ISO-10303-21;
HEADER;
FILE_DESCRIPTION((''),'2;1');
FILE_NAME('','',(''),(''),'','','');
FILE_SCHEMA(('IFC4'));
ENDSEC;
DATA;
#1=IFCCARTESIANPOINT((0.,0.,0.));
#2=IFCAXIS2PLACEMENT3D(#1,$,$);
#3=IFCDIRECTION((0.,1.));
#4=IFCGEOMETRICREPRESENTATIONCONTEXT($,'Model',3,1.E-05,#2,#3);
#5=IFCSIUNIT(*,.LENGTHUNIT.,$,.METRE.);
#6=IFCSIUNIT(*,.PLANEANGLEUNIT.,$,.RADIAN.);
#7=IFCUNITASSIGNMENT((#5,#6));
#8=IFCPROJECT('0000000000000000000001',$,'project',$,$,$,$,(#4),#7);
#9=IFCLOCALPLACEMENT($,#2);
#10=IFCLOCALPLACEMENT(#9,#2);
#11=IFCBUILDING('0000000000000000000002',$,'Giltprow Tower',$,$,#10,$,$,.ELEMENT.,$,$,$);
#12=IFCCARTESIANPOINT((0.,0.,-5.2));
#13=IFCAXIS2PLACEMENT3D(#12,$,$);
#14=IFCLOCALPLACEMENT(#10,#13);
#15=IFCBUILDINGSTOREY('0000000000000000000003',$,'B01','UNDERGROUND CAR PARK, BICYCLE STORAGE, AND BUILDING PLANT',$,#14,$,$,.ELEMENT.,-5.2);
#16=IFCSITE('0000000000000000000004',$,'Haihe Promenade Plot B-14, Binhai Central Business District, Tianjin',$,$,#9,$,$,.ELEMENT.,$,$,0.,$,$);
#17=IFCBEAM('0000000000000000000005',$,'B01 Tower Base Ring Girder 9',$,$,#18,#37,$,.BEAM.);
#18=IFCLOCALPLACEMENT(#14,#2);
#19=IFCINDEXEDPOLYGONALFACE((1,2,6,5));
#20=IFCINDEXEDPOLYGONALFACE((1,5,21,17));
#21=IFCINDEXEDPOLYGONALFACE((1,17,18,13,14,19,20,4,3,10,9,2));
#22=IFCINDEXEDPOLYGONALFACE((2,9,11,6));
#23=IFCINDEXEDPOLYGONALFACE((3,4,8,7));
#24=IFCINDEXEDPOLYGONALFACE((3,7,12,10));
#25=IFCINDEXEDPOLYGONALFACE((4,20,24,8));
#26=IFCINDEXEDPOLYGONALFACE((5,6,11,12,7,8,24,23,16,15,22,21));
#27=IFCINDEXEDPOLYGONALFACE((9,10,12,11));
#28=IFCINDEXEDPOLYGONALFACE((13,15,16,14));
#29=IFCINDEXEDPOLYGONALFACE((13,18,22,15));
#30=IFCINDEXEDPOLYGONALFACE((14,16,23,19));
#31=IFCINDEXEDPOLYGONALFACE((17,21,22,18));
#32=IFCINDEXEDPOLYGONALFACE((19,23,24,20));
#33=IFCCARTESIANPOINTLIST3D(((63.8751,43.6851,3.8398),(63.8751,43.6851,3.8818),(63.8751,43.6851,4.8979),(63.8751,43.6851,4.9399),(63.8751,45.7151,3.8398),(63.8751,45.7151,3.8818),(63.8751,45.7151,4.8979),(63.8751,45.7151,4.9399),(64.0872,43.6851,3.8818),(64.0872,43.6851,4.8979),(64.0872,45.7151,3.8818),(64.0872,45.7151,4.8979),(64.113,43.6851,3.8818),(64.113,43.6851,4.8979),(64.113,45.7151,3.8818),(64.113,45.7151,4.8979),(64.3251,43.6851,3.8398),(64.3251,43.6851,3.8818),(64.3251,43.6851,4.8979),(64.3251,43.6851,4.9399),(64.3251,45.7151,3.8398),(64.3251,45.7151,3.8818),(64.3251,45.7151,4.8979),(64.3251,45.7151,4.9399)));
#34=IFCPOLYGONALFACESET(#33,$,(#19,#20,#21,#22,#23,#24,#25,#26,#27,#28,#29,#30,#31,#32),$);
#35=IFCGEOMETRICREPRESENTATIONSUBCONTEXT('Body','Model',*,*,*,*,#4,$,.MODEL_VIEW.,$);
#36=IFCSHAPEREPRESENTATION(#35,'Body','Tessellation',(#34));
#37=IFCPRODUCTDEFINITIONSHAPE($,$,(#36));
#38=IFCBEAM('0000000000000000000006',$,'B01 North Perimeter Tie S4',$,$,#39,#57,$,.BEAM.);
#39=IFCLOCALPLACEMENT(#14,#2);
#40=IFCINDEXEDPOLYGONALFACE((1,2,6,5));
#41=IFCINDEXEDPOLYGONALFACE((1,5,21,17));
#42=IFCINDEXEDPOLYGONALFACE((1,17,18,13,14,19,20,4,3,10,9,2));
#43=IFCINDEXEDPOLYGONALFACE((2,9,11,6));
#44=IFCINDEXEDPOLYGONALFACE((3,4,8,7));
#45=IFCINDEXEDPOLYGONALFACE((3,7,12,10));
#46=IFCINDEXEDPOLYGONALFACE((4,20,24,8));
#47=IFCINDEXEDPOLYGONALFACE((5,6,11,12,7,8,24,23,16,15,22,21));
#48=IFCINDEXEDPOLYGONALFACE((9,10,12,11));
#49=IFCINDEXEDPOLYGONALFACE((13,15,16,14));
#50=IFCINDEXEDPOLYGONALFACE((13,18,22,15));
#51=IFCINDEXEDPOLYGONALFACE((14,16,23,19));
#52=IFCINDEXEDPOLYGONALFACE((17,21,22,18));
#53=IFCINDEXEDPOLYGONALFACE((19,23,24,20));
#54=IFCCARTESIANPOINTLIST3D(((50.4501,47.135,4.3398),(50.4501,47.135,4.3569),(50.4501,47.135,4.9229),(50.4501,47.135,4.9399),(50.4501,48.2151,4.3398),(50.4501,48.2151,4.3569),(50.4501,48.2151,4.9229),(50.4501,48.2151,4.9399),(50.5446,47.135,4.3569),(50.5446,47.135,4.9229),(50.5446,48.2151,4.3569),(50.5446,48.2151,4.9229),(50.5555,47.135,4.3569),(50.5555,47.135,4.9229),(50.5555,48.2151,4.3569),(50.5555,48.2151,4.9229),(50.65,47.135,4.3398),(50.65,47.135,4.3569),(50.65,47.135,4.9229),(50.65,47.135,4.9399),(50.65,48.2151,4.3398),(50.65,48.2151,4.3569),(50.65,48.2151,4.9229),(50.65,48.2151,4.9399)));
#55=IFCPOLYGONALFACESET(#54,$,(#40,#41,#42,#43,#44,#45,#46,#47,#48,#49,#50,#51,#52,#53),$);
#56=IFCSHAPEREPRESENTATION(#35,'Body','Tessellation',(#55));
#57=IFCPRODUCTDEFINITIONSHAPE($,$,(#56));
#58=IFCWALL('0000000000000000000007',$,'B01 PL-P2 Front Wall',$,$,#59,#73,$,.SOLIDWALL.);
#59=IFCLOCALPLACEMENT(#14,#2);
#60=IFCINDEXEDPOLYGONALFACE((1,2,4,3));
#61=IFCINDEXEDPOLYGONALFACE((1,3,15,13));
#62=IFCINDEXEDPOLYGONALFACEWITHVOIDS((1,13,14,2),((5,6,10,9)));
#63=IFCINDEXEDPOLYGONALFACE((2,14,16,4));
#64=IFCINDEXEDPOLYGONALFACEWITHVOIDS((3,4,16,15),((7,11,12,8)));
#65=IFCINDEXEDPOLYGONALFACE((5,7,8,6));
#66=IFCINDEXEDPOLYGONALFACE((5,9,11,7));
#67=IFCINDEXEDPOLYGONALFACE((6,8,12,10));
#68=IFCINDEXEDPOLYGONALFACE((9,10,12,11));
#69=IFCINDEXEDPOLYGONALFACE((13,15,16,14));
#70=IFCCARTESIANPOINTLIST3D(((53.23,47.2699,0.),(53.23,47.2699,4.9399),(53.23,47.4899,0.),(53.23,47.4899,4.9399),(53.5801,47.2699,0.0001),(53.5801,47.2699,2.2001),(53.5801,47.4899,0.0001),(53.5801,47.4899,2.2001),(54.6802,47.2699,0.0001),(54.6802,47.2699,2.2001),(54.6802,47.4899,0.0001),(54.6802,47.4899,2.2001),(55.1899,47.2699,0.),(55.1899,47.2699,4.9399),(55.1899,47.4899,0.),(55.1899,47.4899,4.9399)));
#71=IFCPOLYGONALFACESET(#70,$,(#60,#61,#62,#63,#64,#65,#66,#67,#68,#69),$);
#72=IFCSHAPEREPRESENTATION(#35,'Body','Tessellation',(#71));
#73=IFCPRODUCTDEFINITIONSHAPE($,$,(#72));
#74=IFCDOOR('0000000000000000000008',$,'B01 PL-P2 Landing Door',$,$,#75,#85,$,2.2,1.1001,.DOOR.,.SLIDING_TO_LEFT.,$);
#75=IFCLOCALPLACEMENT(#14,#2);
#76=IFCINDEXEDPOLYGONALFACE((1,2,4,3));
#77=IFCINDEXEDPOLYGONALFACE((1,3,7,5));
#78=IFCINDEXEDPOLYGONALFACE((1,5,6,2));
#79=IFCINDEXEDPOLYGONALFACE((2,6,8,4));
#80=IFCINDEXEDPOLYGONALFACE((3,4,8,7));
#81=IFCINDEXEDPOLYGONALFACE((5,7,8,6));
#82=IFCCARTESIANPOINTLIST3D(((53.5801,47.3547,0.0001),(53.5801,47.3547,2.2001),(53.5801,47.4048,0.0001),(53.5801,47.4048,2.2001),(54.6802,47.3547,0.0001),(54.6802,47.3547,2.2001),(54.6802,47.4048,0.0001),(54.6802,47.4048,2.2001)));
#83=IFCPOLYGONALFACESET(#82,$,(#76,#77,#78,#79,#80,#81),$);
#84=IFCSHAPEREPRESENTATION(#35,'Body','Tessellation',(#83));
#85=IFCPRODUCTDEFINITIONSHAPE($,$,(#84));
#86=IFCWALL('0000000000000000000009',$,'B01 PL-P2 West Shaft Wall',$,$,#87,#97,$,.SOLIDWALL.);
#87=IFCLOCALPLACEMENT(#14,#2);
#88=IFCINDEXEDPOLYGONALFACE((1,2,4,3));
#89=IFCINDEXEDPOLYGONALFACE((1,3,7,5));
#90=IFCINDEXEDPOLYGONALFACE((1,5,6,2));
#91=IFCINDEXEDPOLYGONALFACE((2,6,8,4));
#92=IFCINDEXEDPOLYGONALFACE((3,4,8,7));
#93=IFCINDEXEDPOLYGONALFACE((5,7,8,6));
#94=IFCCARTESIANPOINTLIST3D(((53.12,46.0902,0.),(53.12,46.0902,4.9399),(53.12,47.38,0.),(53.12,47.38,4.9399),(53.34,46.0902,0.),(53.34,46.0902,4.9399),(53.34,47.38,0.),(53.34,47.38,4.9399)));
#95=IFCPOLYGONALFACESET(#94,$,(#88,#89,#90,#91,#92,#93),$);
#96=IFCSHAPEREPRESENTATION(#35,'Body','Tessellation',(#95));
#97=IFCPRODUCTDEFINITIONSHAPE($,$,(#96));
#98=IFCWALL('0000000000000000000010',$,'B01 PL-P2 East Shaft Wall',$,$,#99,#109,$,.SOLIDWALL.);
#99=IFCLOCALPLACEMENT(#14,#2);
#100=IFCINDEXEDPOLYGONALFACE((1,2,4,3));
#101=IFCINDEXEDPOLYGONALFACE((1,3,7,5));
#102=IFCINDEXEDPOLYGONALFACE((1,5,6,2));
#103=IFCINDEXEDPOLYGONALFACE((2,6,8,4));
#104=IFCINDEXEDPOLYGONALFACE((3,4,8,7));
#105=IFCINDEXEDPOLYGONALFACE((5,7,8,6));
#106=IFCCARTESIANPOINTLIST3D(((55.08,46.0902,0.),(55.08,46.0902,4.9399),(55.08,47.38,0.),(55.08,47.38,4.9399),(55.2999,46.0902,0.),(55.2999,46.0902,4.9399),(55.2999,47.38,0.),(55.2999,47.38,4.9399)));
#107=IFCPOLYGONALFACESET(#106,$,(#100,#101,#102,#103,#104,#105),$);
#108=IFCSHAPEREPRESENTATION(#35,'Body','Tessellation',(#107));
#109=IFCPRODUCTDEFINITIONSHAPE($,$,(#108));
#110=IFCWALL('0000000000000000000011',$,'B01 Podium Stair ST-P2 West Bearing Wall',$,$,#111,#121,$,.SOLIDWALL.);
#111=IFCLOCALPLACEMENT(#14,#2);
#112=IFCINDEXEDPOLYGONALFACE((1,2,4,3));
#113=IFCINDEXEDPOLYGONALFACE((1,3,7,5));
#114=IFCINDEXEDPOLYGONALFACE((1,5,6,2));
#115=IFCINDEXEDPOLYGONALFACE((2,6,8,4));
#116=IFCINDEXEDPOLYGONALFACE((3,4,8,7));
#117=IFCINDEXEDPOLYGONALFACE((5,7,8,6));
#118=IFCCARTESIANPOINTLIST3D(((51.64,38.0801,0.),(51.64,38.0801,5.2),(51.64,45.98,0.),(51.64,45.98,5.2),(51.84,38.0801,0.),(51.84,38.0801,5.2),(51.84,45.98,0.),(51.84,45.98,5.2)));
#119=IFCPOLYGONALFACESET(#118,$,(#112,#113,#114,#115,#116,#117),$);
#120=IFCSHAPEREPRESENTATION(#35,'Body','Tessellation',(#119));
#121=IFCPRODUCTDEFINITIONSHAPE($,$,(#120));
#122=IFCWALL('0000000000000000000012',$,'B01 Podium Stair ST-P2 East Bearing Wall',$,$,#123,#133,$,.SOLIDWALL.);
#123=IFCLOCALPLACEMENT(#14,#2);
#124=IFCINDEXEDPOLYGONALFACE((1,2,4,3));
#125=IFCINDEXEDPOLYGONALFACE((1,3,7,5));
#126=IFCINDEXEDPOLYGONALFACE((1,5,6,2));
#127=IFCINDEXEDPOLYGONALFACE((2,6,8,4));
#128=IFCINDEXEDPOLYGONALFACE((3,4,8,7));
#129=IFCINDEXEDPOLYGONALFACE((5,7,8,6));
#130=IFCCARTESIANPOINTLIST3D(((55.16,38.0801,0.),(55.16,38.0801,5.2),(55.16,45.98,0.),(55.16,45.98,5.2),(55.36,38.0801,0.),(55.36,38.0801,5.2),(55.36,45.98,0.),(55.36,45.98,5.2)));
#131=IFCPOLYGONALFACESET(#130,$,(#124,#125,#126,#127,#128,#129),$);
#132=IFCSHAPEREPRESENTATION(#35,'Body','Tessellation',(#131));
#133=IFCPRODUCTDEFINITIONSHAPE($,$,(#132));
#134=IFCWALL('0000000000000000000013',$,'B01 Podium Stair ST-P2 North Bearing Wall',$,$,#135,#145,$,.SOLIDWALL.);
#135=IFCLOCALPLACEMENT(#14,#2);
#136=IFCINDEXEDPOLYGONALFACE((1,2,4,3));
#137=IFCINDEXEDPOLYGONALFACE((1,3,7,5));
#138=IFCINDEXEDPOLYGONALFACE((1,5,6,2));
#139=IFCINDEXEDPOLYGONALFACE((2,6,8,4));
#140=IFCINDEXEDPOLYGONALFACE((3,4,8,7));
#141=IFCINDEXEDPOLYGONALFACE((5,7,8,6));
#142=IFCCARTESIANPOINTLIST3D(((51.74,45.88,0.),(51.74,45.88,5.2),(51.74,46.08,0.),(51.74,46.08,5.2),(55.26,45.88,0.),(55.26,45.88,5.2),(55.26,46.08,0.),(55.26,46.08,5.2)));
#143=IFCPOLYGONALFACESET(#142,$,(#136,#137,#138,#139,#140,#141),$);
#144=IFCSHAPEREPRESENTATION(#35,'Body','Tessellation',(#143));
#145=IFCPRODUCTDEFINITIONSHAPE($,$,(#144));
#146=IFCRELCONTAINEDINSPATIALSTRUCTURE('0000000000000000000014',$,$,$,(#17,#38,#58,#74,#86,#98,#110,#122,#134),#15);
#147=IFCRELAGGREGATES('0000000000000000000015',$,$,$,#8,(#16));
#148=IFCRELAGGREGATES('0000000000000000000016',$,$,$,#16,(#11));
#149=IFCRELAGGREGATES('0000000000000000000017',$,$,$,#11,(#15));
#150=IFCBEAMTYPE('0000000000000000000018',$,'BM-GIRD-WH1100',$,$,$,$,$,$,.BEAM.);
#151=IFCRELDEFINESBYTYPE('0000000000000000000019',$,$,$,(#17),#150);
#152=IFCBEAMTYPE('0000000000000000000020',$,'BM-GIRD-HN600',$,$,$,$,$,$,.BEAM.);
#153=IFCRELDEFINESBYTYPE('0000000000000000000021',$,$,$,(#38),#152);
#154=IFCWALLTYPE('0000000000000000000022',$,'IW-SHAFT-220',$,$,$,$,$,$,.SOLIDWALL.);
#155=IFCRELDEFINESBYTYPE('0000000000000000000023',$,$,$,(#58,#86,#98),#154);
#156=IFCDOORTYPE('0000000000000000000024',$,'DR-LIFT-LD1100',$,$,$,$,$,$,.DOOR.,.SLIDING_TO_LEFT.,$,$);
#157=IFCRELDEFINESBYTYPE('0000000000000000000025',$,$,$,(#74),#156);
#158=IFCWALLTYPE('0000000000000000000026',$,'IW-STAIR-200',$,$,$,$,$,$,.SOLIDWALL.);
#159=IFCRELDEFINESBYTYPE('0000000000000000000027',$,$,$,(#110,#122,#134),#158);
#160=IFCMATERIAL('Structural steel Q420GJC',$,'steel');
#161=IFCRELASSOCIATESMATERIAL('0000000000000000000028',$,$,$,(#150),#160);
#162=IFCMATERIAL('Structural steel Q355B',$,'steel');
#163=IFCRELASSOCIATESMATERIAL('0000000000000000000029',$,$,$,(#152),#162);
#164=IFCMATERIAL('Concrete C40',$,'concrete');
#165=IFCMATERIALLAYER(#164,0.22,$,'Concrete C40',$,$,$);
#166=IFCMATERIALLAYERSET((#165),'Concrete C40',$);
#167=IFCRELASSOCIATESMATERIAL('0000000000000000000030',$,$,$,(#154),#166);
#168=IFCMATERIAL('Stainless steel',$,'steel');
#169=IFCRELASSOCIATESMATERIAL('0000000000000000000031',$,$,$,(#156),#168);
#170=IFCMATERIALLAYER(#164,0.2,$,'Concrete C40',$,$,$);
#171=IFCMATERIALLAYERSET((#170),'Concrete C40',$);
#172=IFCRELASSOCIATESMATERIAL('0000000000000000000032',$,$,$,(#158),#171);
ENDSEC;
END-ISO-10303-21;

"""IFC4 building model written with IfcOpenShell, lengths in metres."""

from ifc_helpers import new_model, si_unit, direction, frame, frame_2d, origin, origin_2d, place, context, subcontext, project, spatial, rectangle, i_section, extrude, source, transform, mapped, material, layer, layer_set, material_profile, profile_set, type_object, element, fill, save


model = new_model("IFC4")

# Units and contexts
model_context = context("Model", 3, precision=1e-05, world=origin(), true_north=direction((0.0, 1.0)))
body_context = subcontext(model_context, "Body", "Model", "MODEL_VIEW")
ifc_project = project(units=[si_unit("LENGTHUNIT", "METRE"), si_unit("PLANEANGLEUNIT", "RADIAN")], contexts=[model_context])

# Site, building, storey
site_placement = place(None, origin())
site = spatial("IfcSite", under=ifc_project, at=site_placement, Name="Haihe Promenade Plot B-14, Binhai Central Business District, Tianjin", CompositionType="ELEMENT", RefElevation=0.0)
building_placement = place(site_placement, origin())
building = spatial("IfcBuilding", under=site, at=building_placement, Name="Giltprow Tower", CompositionType="ELEMENT")
storey_placement = place(building_placement, frame((0.0, 0.0, -5.2)))
storey = spatial("IfcBuildingStorey", under=building, at=storey_placement, Name="B01", Description="UNDERGROUND CAR PARK, BICYCLE STORAGE, AND BUILDING PLANT", CompositionType="ELEMENT", Elevation=-5.2)

# Shared definitions
ifc_material_1 = material(Name="Structural steel Q420GJC", Category="steel")

# Beams
ifc_material_profile_1 = material_profile(ifc_material_1, i_section(OverallWidth=0.45, OverallDepth=1.1001, WebThickness=0.0259, FlangeThickness=0.042, at=origin_2d()), Name="WH 1100x450x26x42")
ifc_profile_set_1 = profile_set([ifc_material_profile_1], Name="Structural steel Q420GJC")
beam_type_1 = type_object("IfcBeamType", Name="BM-GIRD-WH1100", PredefinedType="BEAM", material=ifc_profile_set_1)
shared_shape_1 = source(origin(), body_context, "Body", "SweptSolid", [
    extrude(i_section(OverallWidth=0.45, OverallDepth=1.1001, WebThickness=0.0259, FlangeThickness=0.042, at=origin_2d()), origin(), (0.0, 0.0, 1.0), 2.03),
])
beam_1_placement = place(storey_placement, frame((64.1001, 43.6851, 4.3899), z_axis=(0.0, 1.0, 0.0), x_axis=(-1.0, 0.0, 0.0)))
element("IfcBeam", 1, at=beam_1_placement, inside=storey, type_object=beam_type_1, Name="B01 Tower Base Ring Girder 9", PredefinedType="BEAM", context=body_context, shape_type="MappedRepresentation", body=[
    mapped(shared_shape_1, transform((0.0, 0.0, 0.0), x_axis=(1.0, 0.0, 0.0), y_axis=(0.0, 1.0, 0.0), z_axis=(0.0, 0.0, 1.0), scale=1.0)),
])
ifc_material_2 = material(Name="Structural steel Q355B", Category="steel")
ifc_material_profile_2 = material_profile(ifc_material_2, i_section(OverallWidth=0.2, OverallDepth=0.6001, WebThickness=0.011, FlangeThickness=0.0171, at=origin_2d()), Name="HN 600x200x11x17")
ifc_profile_set_2 = profile_set([ifc_material_profile_2], Name="Structural steel Q355B")
beam_type_2 = type_object("IfcBeamType", Name="BM-GIRD-HN600", PredefinedType="BEAM", material=ifc_profile_set_2)
shared_shape_2 = source(origin(), body_context, "Body", "SweptSolid", [
    extrude(i_section(OverallWidth=0.2, OverallDepth=0.6001, WebThickness=0.011, FlangeThickness=0.0171, at=origin_2d()), origin(), (0.0, 0.0, 1.0), 1.0801),
])
beam_2_placement = place(storey_placement, frame((50.55, 47.135, 4.6399), z_axis=(0.0, 1.0, 0.0), x_axis=(-1.0, 0.0, 0.0)))
element("IfcBeam", 2, at=beam_2_placement, inside=storey, type_object=beam_type_2, Name="B01 North Perimeter Tie S4", PredefinedType="BEAM", context=body_context, shape_type="MappedRepresentation", body=[
    mapped(shared_shape_2, transform((0.0, 0.0, 0.0), x_axis=(1.0, 0.0, 0.0), y_axis=(0.0, 1.0, 0.0), z_axis=(0.0, 0.0, 1.0), scale=1.0)),
])

# Wall, opening, door
ifc_material_3 = material(Name="Concrete C40", Category="concrete")
ifc_layer_1 = layer(ifc_material_3, 0.22, Name="Concrete C40")
ifc_layer_set_1 = layer_set([ifc_layer_1], Name="Concrete C40")
wall_type_1 = type_object("IfcWallType", Name="IW-SHAFT-220", PredefinedType="SOLIDWALL", material=ifc_layer_set_1)
wall_1_placement = place(storey_placement, frame((53.23, 47.3799, 0.0), z_axis=(0.0, 0.0, 1.0), x_axis=(1.0, 0.0, 0.0)))
wall_1 = element("IfcWall", 3, at=wall_1_placement, inside=storey, type_object=wall_type_1, Name="B01 PL-P2 Front Wall", PredefinedType="SOLIDWALL", context=body_context, shape_type="SweptSolid", body=[
    extrude(rectangle(XDim=1.96, YDim=0.22, at=frame_2d((0.98, 0.0))), origin(), (0.0, 0.0, 1.0), 4.9399),
])
opening_1_placement = place(wall_1_placement, frame((0.3501, 0.0, 0.0)))
opening_1 = element("IfcOpeningElement", 4, at=opening_1_placement, cuts=wall_1, PredefinedType="OPENING", context=body_context, shape_type="SweptSolid", body=[
    extrude(rectangle(XDim=1.1001, YDim=2.2, at=frame_2d((0.55, 1.1001))), frame((0.0, 0.1199, 0.0), z_axis=(0.0, -1.0, 0.0), x_axis=(1.0, 0.0, 0.0)), (0.0, 0.0, 1.0), 0.24),
])
ifc_material_4 = material(Name="Stainless steel", Category="steel")
door_type_1 = type_object("IfcDoorType", Name="DR-LIFT-LD1100", OperationType="SLIDING_TO_LEFT", PredefinedType="DOOR", material=ifc_material_4)
shared_shape_3 = source(origin(), body_context, "Body", "SweptSolid", [
    extrude(rectangle(XDim=1.1001, YDim=2.2, at=frame_2d((0.55, 1.1001))), frame((0.0, 0.0249, 0.0), z_axis=(0.0, -1.0, 0.0), x_axis=(1.0, 0.0, 0.0)), (0.0, 0.0, 1.0), 0.05),
])
door_1_placement = place(opening_1_placement, origin())
door_1 = element("IfcDoor", 5, at=door_1_placement, inside=storey, type_object=door_type_1, Name="B01 PL-P2 Landing Door", OperationType="SLIDING_TO_LEFT", OverallHeight=2.2, OverallWidth=1.1001, PredefinedType="DOOR", context=body_context, shape_type="MappedRepresentation", body=[
    mapped(shared_shape_3, transform((0.0, 0.0, 0.0), x_axis=(1.0, 0.0, 0.0), y_axis=(0.0, 1.0, 0.0), z_axis=(0.0, 0.0, 1.0), scale=1.0)),
])
fill(opening_1, door_1)

# Walls
for number, where, z_axis, x_axis, name in (
    (6, (53.23, 46.0901, 0.0), (0.0, 0.0, 1.0), (0.0, 1.0, 0.0), "B01 PL-P2 West Shaft Wall"),
    (7, (55.1899, 46.0901, 0.0), (0.0, 0.0, 1.0), (0.0, 1.0, 0.0), "B01 PL-P2 East Shaft Wall"),
):
    element("IfcWall", number, at=place(storey_placement, frame(where, z_axis=z_axis, x_axis=x_axis)), inside=storey, type_object=wall_type_1, Name=name, PredefinedType="SOLIDWALL", context=body_context, shape_type="SweptSolid", body=[
        extrude(rectangle(XDim=1.2898, YDim=0.22, at=frame_2d((0.645, 0.0))), origin(), (0.0, 0.0, 1.0), 4.9399),
    ])
ifc_layer_2 = layer(ifc_material_3, 0.2, Name="Concrete C40")
ifc_layer_set_2 = layer_set([ifc_layer_2], Name="Concrete C40")
wall_type_2 = type_object("IfcWallType", Name="IW-STAIR-200", PredefinedType="SOLIDWALL", material=ifc_layer_set_2)
for number, where, z_axis, x_axis, name in (
    (8, (51.74, 38.0801, 0.0), (0.0, 0.0, 1.0), (0.0, 1.0, 0.0), "B01 Podium Stair ST-P2 West Bearing Wall"),
    (9, (55.26, 38.0801, 0.0), (0.0, 0.0, 1.0), (0.0, 1.0, 0.0), "B01 Podium Stair ST-P2 East Bearing Wall"),
):
    element("IfcWall", number, at=place(storey_placement, frame(where, z_axis=z_axis, x_axis=x_axis)), inside=storey, type_object=wall_type_2, Name=name, PredefinedType="SOLIDWALL", context=body_context, shape_type="SweptSolid", body=[
        extrude(rectangle(XDim=7.8999, YDim=0.2, at=frame_2d((3.95, 0.0))), origin(), (0.0, 0.0, 1.0), 5.2),
    ])
wall_2_placement = place(storey_placement, frame((51.74, 45.98, 0.0), z_axis=(0.0, 0.0, 1.0), x_axis=(1.0, 0.0, 0.0)))
element("IfcWall", 10, at=wall_2_placement, inside=storey, type_object=wall_type_2, Name="B01 Podium Stair ST-P2 North Bearing Wall", PredefinedType="SOLIDWALL", context=body_context, shape_type="SweptSolid", body=[
    extrude(rectangle(XDim=3.52, YDim=0.2, at=frame_2d((1.76, 0.0))), origin(), (0.0, 0.0, 1.0), 5.2),
])

save(model, "model.ifc")
